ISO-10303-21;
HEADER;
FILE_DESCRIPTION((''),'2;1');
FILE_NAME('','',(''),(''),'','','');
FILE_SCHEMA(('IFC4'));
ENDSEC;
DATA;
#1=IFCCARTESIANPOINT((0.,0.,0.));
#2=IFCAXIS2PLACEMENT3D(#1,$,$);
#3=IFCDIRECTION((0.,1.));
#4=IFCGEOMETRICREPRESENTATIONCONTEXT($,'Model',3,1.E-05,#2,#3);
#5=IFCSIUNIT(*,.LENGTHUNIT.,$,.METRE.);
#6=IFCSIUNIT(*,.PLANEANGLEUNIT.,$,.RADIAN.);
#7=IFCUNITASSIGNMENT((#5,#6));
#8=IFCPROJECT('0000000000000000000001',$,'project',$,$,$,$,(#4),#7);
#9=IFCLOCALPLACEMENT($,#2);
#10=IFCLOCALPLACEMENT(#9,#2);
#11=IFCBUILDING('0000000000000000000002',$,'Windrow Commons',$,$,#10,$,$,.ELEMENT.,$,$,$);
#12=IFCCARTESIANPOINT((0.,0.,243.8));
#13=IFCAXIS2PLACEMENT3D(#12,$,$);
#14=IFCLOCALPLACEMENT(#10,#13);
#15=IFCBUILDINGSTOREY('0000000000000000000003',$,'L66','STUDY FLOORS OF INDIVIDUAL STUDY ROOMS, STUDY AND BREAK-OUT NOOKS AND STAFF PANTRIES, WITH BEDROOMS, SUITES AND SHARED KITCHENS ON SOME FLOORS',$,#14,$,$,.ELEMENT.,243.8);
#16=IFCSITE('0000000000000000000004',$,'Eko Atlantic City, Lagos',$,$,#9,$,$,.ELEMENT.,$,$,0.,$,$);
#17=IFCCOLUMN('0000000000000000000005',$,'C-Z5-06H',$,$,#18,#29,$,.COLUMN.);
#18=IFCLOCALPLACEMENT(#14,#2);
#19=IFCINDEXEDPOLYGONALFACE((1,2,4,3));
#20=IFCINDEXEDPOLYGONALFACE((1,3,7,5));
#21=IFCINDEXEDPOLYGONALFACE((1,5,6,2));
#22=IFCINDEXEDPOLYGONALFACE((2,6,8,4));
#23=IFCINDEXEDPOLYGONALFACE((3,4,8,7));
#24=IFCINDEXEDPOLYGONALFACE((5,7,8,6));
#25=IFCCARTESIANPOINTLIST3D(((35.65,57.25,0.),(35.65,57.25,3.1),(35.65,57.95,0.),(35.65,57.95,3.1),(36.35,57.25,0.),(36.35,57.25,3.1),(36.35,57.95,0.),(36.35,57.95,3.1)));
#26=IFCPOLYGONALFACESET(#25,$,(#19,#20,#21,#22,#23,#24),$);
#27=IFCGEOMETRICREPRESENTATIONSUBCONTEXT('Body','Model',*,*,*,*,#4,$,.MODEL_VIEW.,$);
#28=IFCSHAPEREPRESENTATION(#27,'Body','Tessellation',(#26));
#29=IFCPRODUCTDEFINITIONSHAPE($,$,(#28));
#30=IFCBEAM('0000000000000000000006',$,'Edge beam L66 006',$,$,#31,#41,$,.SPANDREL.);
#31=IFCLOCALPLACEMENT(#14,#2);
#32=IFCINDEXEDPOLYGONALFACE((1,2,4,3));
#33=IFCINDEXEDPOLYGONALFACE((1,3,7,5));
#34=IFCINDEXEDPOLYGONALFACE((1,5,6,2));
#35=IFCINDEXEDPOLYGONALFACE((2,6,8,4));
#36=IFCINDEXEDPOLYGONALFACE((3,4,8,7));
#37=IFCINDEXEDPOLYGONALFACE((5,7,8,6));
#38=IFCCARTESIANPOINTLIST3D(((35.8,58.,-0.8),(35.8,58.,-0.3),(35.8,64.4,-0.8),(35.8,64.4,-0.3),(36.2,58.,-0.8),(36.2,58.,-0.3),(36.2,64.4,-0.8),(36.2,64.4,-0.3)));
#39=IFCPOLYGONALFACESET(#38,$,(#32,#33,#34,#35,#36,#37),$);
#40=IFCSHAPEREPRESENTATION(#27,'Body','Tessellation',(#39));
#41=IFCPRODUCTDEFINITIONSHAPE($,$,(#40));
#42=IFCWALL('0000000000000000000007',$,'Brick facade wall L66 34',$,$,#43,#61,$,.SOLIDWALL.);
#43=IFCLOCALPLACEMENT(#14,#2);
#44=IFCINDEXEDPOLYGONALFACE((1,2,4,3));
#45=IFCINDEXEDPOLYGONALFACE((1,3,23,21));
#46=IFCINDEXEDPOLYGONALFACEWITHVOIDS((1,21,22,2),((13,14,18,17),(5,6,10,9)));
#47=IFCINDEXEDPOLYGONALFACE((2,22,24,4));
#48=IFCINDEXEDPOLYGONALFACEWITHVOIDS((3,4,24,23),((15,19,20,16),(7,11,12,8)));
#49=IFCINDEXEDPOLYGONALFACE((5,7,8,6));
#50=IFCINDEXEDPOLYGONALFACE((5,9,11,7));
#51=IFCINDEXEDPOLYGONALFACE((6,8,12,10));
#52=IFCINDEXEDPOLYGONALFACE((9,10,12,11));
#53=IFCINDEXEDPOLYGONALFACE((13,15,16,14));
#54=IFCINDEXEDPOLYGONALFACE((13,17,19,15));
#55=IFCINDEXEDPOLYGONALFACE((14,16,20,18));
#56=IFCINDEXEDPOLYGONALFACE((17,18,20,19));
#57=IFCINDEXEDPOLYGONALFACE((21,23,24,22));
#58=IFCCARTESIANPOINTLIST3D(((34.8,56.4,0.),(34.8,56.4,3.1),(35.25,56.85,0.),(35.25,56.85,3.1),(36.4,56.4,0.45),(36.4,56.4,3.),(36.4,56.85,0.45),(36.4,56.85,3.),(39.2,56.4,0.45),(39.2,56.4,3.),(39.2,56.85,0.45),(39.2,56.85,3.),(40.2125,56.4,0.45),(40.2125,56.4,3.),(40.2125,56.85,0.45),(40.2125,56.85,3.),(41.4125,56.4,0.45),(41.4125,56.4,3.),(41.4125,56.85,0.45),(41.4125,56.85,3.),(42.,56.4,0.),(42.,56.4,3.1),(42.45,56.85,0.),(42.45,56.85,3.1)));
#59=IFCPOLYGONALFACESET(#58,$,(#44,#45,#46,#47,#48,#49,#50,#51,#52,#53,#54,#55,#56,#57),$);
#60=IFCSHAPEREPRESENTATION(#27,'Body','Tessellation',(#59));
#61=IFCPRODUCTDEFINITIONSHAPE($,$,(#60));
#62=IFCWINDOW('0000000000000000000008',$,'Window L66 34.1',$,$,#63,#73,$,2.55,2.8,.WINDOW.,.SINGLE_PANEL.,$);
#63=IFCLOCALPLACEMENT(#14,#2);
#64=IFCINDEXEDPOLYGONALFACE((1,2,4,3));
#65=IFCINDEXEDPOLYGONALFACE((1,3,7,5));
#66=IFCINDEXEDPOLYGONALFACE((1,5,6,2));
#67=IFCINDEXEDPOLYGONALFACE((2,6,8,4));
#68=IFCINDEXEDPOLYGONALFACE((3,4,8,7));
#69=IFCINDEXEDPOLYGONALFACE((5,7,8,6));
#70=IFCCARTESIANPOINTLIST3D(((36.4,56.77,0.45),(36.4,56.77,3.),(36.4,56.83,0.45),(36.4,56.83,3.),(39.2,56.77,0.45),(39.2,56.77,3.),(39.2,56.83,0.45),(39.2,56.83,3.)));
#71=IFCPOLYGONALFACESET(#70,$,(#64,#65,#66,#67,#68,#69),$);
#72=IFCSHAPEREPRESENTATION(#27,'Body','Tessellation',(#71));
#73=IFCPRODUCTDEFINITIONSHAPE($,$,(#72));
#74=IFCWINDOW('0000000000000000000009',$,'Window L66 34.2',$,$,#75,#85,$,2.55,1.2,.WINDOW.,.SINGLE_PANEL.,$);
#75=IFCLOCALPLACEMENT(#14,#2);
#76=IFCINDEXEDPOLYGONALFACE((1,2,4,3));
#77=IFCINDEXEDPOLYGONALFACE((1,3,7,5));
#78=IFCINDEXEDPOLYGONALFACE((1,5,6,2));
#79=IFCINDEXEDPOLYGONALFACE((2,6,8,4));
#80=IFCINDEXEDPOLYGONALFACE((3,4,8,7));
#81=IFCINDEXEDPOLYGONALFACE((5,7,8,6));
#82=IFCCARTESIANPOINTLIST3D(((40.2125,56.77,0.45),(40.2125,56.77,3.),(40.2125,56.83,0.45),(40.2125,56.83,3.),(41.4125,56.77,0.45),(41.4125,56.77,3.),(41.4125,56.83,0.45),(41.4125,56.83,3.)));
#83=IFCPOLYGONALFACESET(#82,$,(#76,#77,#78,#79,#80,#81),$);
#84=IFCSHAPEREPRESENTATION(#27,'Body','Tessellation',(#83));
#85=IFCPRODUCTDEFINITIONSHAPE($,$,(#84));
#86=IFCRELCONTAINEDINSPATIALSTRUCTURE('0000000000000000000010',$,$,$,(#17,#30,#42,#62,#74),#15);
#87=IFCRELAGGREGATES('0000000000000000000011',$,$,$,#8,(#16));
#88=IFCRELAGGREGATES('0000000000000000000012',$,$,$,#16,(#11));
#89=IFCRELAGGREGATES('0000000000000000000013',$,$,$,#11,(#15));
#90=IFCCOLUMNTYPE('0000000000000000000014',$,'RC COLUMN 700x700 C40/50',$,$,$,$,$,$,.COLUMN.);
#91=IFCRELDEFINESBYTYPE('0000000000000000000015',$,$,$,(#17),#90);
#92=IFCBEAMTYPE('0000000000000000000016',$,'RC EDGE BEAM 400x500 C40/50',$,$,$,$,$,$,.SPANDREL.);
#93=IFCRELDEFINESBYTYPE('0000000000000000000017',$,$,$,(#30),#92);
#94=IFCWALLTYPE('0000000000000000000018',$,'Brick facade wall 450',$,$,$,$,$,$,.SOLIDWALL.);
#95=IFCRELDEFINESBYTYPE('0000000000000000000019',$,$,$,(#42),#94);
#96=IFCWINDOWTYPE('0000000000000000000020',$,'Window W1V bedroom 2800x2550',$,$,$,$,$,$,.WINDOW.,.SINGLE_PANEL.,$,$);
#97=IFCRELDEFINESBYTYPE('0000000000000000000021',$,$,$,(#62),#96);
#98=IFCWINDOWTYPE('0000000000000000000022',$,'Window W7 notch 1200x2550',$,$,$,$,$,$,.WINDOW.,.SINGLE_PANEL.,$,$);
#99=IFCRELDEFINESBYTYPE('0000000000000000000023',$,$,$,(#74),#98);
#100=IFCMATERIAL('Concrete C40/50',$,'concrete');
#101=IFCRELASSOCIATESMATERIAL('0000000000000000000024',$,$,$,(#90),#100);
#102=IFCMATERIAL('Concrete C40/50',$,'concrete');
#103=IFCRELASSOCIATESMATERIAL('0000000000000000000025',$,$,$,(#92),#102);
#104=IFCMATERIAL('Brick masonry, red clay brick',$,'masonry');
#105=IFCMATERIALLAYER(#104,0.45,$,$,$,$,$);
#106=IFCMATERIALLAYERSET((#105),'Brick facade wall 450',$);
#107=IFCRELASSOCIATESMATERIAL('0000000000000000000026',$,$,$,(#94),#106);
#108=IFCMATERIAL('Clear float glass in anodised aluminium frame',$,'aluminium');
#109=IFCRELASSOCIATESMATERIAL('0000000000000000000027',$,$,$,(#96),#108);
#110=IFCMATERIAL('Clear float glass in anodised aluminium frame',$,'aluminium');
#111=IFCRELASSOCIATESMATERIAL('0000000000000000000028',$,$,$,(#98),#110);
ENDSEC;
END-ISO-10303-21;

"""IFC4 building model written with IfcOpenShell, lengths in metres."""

from ifc_helpers import new_model, si_unit, direction, frame, frame_2d, origin, origin_2d, place, context, subcontext, project, spatial, polyline, rectangle, outline, extrude, material, layer, layer_set, material_profile, profile_set, type_object, element, fill, save


model = new_model("IFC4")

# Units and contexts
model_context = context("Model", 3, precision=1e-05, world=origin(), true_north=direction((0.0, 1.0)))
body_context = subcontext(model_context, "Body", "Model", "MODEL_VIEW")
ifc_project = project(units=[si_unit("LENGTHUNIT", "METRE"), si_unit("PLANEANGLEUNIT", "RADIAN")], contexts=[model_context])

# Site, building, storey
site_placement = place(None, origin())
site = spatial("IfcSite", under=ifc_project, at=site_placement, Name="Eko Atlantic City, Lagos", CompositionType="ELEMENT", RefElevation=0.0)
building_placement = place(site_placement, origin())
building = spatial("IfcBuilding", under=site, at=building_placement, Name="Windrow Commons", CompositionType="ELEMENT")
storey_placement = place(building_placement, frame((0.0, 0.0, 243.8)))
storey = spatial("IfcBuildingStorey", under=building, at=storey_placement, Name="L66", Description="STUDY FLOORS OF INDIVIDUAL STUDY ROOMS, STUDY AND BREAK-OUT NOOKS AND STAFF PANTRIES, WITH BEDROOMS, SUITES AND SHARED KITCHENS ON SOME FLOORS", CompositionType="ELEMENT", Elevation=243.8)

# Column
ifc_material_1 = material(Name="Concrete C40/50", Category="concrete")
ifc_material_profile_1 = material_profile(ifc_material_1, rectangle(XDim=0.7, YDim=0.7, at=origin_2d()))
ifc_profile_set_1 = profile_set([ifc_material_profile_1], Name="Concrete C40/50")
column_type = type_object("IfcColumnType", Name="RC COLUMN 700x700 C40/50", PredefinedType="COLUMN", material=ifc_profile_set_1)
column_placement = place(storey_placement, frame((36.0, 57.6, 0.0), z_axis=(0.0, 0.0, 1.0), x_axis=(1.0, 0.0, 0.0)))
element("IfcColumn", 1, at=column_placement, inside=storey, type_object=column_type, Name="C-Z5-06H", PredefinedType="COLUMN", context=body_context, shape_type="SweptSolid", body=[
    extrude(rectangle(XDim=0.7, YDim=0.7, at=origin_2d()), origin(), (0.0, 0.0, 1.0), 3.1),
])

# Beam
ifc_material_2 = material(Name="Concrete C40/50", Category="concrete")
ifc_material_profile_2 = material_profile(ifc_material_2, rectangle(XDim=0.4, YDim=0.5, at=origin_2d()))
ifc_profile_set_2 = profile_set([ifc_material_profile_2], Name="Concrete C40/50")
beam_type = type_object("IfcBeamType", Name="RC EDGE BEAM 400x500 C40/50", PredefinedType="SPANDREL", material=ifc_profile_set_2)
beam_placement = place(storey_placement, frame((36.0, 58.0, -0.55), z_axis=(0.0, 1.0, 0.0), x_axis=(-1.0, 0.0, 0.0)))
element("IfcBeam", 2, at=beam_placement, inside=storey, type_object=beam_type, Name="Edge beam L66 006", PredefinedType="SPANDREL", context=body_context, shape_type="SweptSolid", body=[
    extrude(rectangle(XDim=0.4, YDim=0.5, at=origin_2d()), origin(), (0.0, 0.0, 1.0), 6.4),
])

# Wall, openings, windows
ifc_material_3 = material(Name="Brick masonry, red clay brick", Category="masonry")
ifc_layer_1 = layer(ifc_material_3, 0.45)
ifc_layer_set_1 = layer_set([ifc_layer_1], Name="Brick facade wall 450")
wall_type_1 = type_object("IfcWallType", Name="Brick facade wall 450", PredefinedType="SOLIDWALL", material=ifc_layer_set_1)
wall_1_placement = place(storey_placement, frame((35.025, 56.625, 0.0), z_axis=(0.0, 0.0, 1.0), x_axis=(1.0, 0.0, 0.0)))
wall_1 = element("IfcWall", 3, at=wall_1_placement, inside=storey, type_object=wall_type_1, Name="Brick facade wall L66 34", PredefinedType="SOLIDWALL", context=body_context, shape_type="SweptSolid", body=[
    extrude(outline(polyline([(-0.225, -0.225), (6.975, -0.225), (7.425, 0.225), (0.225, 0.225), (-0.225, -0.225)])), origin(), (0.0, 0.0, 1.0), 3.1),
])
opening_1_placement = place(wall_1_placement, frame((1.375, 0.0, 0.45)))
opening_1 = element("IfcOpeningElement", 4, at=opening_1_placement, cuts=wall_1, PredefinedType="OPENING", context=body_context, shape_type="SweptSolid", body=[
    extrude(rectangle(XDim=2.8, YDim=2.55, at=frame_2d((1.4, 1.275))), frame((0.0, 0.235, 0.0), z_axis=(0.0, -1.0, 0.0), x_axis=(1.0, 0.0, 0.0)), (0.0, 0.0, 1.0), 0.47),
])
opening_2_placement = place(wall_1_placement, frame((5.1875, 0.0, 0.45)))
opening_2 = element("IfcOpeningElement", 5, at=opening_2_placement, cuts=wall_1, PredefinedType="OPENING", context=body_context, shape_type="SweptSolid", body=[
    extrude(rectangle(XDim=1.2, YDim=2.55, at=frame_2d((0.6, 1.275))), frame((0.0, 0.235, 0.0), z_axis=(0.0, -1.0, 0.0), x_axis=(1.0, 0.0, 0.0)), (0.0, 0.0, 1.0), 0.47),
])
ifc_material_4 = material(Name="Clear float glass in anodised aluminium frame", Category="aluminium")
window_type_1 = type_object("IfcWindowType", Name="Window W1V bedroom 2800x2550", PartitioningType="SINGLE_PANEL", PredefinedType="WINDOW", material=ifc_material_4)
window_1_placement = place(opening_1_placement, origin())
window_1 = element("IfcWindow", 6, at=window_1_placement, inside=storey, type_object=window_type_1, Name="Window L66 34.1", OverallHeight=2.55, OverallWidth=2.8, PartitioningType="SINGLE_PANEL", PredefinedType="WINDOW", context=body_context, shape_type="SweptSolid", body=[
    extrude(rectangle(XDim=2.8, YDim=2.55, at=frame_2d((1.4, 1.275))), frame((0.0, 0.205, 0.0), z_axis=(0.0, -1.0, 0.0), x_axis=(1.0, 0.0, 0.0)), (0.0, 0.0, 1.0), 0.06),
])
fill(opening_1, window_1)
ifc_material_5 = material(Name="Clear float glass in anodised aluminium frame", Category="aluminium")
window_type_2 = type_object("IfcWindowType", Name="Window W7 notch 1200x2550", PartitioningType="SINGLE_PANEL", PredefinedType="WINDOW", material=ifc_material_5)
window_2_placement = place(opening_2_placement, origin())
window_2 = element("IfcWindow", 7, at=window_2_placement, inside=storey, type_object=window_type_2, Name="Window L66 34.2", OverallHeight=2.55, OverallWidth=1.2, PartitioningType="SINGLE_PANEL", PredefinedType="WINDOW", context=body_context, shape_type="SweptSolid", body=[
    extrude(rectangle(XDim=1.2, YDim=2.55, at=frame_2d((0.6, 1.275))), frame((0.0, 0.205, 0.0), z_axis=(0.0, -1.0, 0.0), x_axis=(1.0, 0.0, 0.0)), (0.0, 0.0, 1.0), 0.06),
])
fill(opening_2, window_2)

save(model, "model.ifc")
